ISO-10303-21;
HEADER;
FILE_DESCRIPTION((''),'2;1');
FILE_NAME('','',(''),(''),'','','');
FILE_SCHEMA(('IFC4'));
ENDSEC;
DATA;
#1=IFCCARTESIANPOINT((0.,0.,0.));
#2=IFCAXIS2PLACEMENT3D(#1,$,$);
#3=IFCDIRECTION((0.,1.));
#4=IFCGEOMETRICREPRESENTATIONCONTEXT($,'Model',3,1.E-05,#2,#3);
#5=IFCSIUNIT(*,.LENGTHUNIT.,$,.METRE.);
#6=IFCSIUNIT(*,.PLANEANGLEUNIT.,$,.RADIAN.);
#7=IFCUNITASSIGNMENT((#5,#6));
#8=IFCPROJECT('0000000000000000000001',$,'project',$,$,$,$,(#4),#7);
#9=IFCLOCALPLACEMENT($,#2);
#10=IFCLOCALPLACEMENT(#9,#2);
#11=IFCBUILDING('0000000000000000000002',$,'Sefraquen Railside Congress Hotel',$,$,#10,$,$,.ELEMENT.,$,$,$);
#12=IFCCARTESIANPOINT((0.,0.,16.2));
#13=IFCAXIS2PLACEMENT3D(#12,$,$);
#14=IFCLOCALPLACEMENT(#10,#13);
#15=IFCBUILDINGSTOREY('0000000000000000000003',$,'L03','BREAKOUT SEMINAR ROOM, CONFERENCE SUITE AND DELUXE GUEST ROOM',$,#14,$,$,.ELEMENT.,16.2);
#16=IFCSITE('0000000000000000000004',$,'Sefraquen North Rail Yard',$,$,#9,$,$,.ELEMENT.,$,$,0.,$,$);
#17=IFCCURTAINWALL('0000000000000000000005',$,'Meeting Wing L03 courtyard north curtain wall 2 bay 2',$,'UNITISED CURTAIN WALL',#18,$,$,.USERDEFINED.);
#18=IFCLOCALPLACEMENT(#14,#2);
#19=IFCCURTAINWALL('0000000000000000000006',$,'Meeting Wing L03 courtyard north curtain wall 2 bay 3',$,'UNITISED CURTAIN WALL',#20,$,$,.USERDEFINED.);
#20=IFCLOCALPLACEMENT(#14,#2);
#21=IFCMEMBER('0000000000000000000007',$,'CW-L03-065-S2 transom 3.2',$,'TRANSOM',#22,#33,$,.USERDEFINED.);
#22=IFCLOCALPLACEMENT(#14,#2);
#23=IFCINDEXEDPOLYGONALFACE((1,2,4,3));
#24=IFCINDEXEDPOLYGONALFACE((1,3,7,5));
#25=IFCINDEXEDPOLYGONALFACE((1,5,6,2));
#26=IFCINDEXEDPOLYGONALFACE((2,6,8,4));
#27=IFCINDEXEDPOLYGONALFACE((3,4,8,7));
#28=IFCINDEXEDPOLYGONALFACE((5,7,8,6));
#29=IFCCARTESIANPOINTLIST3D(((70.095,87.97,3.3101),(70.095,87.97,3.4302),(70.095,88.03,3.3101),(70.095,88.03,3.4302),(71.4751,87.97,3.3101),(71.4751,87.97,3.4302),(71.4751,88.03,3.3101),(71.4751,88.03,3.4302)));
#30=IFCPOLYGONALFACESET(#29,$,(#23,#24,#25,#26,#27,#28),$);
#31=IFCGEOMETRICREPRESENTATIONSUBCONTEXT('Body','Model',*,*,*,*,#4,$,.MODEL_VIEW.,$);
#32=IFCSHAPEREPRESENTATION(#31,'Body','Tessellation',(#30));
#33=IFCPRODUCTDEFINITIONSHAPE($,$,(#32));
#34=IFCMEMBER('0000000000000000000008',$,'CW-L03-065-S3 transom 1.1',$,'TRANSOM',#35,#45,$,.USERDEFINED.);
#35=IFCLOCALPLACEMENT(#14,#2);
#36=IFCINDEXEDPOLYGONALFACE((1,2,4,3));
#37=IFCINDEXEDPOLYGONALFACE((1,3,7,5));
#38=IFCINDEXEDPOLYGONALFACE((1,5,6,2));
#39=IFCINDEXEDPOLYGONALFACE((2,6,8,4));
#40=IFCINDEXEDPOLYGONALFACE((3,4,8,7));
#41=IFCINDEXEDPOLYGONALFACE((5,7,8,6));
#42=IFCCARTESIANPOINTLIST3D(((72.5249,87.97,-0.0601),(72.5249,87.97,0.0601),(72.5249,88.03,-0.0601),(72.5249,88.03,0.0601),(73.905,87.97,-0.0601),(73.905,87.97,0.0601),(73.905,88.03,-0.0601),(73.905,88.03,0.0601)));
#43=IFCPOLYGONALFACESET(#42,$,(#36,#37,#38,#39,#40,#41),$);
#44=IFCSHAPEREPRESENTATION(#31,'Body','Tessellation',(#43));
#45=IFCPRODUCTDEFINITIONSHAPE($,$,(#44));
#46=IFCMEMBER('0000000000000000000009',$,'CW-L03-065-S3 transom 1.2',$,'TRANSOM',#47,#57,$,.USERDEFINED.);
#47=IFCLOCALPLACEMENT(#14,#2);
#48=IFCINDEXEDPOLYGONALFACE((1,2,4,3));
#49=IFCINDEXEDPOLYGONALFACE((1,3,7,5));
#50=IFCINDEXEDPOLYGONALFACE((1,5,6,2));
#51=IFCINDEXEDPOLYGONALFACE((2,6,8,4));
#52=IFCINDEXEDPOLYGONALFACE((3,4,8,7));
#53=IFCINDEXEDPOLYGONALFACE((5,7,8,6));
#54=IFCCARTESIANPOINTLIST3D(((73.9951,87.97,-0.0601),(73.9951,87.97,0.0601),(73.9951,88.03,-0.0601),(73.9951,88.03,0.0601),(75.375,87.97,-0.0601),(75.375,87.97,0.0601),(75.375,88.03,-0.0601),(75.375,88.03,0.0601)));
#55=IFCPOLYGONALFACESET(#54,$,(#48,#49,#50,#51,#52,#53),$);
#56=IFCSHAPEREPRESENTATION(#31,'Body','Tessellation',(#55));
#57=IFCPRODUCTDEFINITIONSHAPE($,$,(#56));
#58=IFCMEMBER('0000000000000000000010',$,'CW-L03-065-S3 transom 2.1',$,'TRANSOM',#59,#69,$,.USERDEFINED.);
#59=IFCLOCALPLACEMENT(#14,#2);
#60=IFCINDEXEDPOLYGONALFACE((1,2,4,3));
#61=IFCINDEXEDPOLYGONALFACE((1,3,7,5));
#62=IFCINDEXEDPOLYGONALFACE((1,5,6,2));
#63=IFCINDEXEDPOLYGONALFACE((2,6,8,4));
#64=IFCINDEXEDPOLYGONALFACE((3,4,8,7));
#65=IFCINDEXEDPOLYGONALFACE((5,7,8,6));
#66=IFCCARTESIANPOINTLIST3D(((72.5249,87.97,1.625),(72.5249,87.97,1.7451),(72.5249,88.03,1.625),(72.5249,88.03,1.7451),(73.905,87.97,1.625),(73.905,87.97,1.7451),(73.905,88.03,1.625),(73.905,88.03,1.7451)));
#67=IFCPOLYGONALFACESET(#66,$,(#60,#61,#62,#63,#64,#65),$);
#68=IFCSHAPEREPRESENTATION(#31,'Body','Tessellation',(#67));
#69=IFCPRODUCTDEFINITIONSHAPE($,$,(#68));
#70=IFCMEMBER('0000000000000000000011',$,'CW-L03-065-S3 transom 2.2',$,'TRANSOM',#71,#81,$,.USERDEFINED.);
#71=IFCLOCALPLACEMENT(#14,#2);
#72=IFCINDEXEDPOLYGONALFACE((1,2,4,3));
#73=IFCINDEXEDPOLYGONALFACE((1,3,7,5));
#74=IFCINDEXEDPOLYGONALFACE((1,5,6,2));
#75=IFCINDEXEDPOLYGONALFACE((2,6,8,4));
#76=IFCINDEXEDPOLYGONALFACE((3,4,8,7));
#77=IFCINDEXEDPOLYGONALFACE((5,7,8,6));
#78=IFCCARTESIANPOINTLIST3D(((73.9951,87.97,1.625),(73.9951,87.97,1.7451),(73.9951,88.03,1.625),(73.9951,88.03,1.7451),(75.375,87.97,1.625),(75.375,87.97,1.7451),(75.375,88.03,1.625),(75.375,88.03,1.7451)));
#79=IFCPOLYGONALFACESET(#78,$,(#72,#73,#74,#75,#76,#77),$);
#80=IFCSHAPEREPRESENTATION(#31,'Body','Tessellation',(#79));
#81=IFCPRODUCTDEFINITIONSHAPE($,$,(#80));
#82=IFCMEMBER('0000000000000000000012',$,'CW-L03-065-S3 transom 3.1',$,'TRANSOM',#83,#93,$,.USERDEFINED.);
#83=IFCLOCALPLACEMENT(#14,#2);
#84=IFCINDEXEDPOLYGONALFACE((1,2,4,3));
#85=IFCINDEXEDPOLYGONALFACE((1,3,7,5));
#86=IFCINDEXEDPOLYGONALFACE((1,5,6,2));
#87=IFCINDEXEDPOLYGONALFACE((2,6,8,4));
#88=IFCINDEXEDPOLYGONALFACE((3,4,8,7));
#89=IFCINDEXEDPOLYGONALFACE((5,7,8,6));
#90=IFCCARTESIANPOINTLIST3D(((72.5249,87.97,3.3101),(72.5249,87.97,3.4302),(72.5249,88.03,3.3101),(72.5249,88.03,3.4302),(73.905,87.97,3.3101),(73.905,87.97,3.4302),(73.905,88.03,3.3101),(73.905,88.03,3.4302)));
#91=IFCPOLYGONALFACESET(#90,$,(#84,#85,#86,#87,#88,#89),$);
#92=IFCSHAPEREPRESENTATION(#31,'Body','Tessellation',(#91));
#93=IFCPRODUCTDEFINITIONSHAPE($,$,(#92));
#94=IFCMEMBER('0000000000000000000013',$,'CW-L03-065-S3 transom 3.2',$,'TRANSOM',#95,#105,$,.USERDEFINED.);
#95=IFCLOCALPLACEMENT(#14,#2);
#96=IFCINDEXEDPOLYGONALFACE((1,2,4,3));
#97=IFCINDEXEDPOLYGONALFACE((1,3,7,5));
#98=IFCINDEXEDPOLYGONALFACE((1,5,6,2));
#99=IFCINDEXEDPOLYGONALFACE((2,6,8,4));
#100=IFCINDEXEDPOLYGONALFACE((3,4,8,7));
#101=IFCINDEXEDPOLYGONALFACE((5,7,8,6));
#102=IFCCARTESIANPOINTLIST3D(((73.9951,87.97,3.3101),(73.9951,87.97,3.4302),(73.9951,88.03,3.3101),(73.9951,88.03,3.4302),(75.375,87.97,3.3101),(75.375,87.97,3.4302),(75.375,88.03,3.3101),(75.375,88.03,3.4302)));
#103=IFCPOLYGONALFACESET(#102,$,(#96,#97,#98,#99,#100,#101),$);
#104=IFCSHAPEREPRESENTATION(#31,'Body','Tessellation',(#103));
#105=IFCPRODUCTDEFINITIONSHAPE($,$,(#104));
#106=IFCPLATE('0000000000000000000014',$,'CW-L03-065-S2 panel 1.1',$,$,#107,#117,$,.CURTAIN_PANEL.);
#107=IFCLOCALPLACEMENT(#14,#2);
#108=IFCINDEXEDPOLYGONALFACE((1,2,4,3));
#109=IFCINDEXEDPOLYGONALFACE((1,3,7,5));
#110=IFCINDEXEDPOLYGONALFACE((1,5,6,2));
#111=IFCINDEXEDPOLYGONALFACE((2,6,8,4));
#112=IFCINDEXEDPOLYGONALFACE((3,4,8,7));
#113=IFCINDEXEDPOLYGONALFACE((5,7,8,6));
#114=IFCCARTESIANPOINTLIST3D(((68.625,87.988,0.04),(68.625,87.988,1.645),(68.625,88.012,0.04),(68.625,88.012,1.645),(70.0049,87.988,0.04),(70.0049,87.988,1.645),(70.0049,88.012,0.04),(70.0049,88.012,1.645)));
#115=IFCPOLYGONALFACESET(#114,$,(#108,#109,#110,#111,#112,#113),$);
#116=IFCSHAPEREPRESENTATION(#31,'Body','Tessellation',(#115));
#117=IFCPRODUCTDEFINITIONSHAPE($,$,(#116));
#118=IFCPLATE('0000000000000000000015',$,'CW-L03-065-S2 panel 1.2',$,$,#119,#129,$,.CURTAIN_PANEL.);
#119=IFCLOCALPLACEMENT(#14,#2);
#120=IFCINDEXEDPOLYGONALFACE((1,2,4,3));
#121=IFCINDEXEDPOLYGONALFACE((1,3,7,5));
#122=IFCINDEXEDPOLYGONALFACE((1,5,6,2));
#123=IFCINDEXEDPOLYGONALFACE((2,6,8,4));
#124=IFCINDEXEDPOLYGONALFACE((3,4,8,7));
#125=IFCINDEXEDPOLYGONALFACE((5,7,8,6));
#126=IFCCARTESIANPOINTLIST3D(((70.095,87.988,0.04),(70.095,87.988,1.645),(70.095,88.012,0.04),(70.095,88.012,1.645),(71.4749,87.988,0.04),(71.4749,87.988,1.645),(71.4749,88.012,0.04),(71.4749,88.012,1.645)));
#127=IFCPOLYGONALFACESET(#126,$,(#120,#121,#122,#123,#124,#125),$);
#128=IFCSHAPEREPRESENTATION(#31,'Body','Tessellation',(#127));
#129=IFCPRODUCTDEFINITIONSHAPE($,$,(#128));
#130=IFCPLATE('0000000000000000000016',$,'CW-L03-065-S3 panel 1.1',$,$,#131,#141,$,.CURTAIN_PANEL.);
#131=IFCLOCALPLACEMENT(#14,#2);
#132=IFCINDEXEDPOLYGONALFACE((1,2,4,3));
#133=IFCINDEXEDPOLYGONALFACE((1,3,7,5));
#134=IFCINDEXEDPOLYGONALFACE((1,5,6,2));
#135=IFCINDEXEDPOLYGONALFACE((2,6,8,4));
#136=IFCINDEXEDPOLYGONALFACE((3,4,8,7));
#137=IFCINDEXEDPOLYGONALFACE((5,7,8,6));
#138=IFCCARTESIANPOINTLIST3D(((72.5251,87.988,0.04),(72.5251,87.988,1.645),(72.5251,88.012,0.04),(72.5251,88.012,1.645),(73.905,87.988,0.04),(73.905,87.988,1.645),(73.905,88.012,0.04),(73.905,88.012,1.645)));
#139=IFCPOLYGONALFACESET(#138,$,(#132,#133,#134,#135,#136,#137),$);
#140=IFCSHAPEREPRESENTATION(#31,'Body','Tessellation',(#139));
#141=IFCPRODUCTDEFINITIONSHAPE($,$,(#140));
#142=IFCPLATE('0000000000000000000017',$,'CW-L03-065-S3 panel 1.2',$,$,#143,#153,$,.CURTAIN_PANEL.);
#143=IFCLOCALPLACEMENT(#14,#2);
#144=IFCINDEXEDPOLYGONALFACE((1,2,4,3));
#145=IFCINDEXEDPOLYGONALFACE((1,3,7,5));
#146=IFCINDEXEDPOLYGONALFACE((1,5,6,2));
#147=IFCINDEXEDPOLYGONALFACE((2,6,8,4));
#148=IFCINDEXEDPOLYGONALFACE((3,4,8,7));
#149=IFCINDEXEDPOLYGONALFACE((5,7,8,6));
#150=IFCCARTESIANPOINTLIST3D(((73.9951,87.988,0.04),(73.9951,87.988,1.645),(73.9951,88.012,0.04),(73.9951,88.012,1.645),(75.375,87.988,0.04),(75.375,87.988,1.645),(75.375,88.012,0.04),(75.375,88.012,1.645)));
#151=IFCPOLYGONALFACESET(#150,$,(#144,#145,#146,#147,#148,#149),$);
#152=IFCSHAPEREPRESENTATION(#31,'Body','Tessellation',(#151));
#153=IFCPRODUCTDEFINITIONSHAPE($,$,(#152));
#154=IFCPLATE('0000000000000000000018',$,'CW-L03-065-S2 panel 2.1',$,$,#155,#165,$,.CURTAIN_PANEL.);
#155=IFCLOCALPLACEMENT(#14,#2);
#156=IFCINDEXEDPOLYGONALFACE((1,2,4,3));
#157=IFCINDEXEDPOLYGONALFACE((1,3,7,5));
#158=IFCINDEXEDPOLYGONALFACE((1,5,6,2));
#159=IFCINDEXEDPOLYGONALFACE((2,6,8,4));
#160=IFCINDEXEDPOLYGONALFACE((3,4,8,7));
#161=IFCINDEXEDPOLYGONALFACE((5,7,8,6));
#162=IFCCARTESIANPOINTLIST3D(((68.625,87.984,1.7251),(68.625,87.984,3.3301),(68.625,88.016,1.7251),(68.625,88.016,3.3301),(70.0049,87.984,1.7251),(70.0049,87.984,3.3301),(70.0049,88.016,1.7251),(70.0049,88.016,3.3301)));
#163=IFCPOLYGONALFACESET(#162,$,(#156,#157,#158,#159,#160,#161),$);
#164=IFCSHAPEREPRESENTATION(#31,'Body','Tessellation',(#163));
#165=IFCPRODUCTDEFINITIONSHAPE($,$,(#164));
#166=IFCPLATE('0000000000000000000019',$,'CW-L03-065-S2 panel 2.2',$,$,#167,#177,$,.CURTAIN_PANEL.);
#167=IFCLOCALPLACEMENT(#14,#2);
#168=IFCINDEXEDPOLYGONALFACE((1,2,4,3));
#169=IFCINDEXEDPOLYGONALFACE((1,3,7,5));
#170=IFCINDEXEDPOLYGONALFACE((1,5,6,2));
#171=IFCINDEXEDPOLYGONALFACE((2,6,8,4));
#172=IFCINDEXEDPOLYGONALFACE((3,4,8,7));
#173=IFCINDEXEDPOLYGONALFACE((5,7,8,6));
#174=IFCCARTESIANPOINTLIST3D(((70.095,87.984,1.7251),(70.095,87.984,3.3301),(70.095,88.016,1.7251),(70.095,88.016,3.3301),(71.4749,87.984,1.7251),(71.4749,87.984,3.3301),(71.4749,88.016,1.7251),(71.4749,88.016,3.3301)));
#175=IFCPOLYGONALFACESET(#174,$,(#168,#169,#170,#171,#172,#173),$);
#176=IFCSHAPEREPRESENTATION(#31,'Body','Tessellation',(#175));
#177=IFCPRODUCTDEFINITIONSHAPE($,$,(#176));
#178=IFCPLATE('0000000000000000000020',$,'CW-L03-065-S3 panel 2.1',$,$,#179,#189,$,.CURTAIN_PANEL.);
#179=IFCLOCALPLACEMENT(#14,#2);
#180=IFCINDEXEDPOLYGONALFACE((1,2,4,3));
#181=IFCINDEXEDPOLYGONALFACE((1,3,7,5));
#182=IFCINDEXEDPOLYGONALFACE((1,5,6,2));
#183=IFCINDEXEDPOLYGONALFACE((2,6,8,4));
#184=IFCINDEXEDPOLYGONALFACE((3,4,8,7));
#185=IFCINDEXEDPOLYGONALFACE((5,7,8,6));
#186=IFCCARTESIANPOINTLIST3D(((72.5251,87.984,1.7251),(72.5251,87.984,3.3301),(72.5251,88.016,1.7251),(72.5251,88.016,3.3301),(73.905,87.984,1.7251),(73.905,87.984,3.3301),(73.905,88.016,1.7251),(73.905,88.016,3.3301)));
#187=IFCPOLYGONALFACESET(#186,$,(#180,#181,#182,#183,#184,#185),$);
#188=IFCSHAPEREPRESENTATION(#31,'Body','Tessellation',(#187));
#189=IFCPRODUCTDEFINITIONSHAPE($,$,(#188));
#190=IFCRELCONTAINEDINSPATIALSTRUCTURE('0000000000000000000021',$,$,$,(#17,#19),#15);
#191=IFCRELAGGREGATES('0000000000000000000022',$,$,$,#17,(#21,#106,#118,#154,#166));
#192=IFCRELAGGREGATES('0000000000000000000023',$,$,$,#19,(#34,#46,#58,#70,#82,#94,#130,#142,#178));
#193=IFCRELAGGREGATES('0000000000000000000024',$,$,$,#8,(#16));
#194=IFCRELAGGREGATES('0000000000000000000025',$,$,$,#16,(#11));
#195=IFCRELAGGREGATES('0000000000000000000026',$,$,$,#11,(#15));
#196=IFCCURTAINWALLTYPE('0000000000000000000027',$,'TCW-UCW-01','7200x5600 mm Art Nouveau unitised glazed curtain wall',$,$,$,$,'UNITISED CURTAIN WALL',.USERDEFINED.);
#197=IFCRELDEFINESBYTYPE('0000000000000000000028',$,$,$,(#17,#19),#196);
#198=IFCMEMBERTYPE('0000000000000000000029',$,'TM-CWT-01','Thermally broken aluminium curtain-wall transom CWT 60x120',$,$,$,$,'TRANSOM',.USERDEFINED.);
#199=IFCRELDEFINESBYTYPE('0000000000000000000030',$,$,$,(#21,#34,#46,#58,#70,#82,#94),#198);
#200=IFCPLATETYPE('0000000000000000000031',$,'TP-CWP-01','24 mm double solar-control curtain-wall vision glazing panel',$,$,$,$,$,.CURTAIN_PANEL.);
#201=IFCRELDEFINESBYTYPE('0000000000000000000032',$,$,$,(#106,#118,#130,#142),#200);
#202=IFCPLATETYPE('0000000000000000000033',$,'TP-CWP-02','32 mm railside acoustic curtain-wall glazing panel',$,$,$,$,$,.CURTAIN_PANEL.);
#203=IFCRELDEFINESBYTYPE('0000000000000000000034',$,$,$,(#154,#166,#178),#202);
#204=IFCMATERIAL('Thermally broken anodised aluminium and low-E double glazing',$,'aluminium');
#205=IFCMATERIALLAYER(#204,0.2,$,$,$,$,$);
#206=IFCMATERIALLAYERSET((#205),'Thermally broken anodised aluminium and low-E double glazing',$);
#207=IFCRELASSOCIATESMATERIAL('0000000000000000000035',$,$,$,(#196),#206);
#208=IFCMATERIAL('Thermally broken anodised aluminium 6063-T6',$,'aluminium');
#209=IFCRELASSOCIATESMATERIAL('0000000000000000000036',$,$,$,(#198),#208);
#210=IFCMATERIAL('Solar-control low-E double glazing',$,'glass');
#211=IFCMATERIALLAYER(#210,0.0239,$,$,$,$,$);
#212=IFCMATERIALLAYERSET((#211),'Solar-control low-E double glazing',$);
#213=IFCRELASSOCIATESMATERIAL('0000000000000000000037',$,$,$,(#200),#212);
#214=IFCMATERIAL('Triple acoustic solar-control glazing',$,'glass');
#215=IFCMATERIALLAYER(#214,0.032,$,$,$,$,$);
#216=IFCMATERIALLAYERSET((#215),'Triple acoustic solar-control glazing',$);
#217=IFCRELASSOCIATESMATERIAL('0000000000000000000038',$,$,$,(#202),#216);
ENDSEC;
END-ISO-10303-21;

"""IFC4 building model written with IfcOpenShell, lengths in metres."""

from ifc_helpers import new_model, si_unit, direction, frame, origin, origin_2d, place, context, subcontext, project, spatial, rectangle, extrude, material, layer, layer_set, material_profile, profile_set, type_object, element, aggregate, save


model = new_model("IFC4")

# Units and contexts
model_context = context("Model", 3, precision=1e-05, world=origin(), true_north=direction((0.0, 1.0)))
body_context = subcontext(model_context, "Body", "Model", "MODEL_VIEW")
ifc_project = project(units=[si_unit("LENGTHUNIT", "METRE"), si_unit("PLANEANGLEUNIT", "RADIAN")], contexts=[model_context])

# Site, building, storey
site_placement = place(None, origin())
site = spatial("IfcSite", under=ifc_project, at=site_placement, Name="Sefraquen North Rail Yard", CompositionType="ELEMENT", RefElevation=0.0)
building_placement = place(site_placement, origin())
building = spatial("IfcBuilding", under=site, at=building_placement, Name="Sefraquen Railside Congress Hotel", CompositionType="ELEMENT")
storey_placement = place(building_placement, frame((0.0, 0.0, 16.2)))
storey = spatial("IfcBuildingStorey", under=building, at=storey_placement, Name="L03", Description="BREAKOUT SEMINAR ROOM, CONFERENCE SUITE AND DELUXE GUEST ROOM", CompositionType="ELEMENT", Elevation=16.2)

# Curtain walls
ifc_material_1 = material(Name="Thermally broken anodised aluminium and low-E double glazing", Category="aluminium")
ifc_layer_1 = layer(ifc_material_1, 0.2)
ifc_layer_set_1 = layer_set([ifc_layer_1], Name="Thermally broken anodised aluminium and low-E double glazing")
curtain_wall_type = type_object("IfcCurtainWallType", Name="TCW-UCW-01", Description="7200x5600 mm Art Nouveau unitised glazed curtain wall", ElementType="UNITISED CURTAIN WALL", PredefinedType="USERDEFINED", material=ifc_layer_set_1)
curtain_wall_1_placement = place(storey_placement, origin())
curtain_wall_1 = element("IfcCurtainWall", 1, at=curtain_wall_1_placement, inside=storey, type_object=curtain_wall_type, Name="Meeting Wing L03 courtyard north curtain wall 2 bay 2", ObjectType="UNITISED CURTAIN WALL", PredefinedType="USERDEFINED")
ifc_material_2 = material(Name="Thermally broken anodised aluminium 6063-T6", Category="aluminium")
curtain_wall_2_placement = place(storey_placement, origin())
curtain_wall_2 = element("IfcCurtainWall", 2, at=curtain_wall_2_placement, inside=storey, type_object=curtain_wall_type, Name="Meeting Wing L03 courtyard north curtain wall 2 bay 3", ObjectType="UNITISED CURTAIN WALL", PredefinedType="USERDEFINED")

# Members
ifc_material_profile_1 = material_profile(ifc_material_2, rectangle(XDim=0.0601, YDim=0.1201, at=origin_2d()), Name="CWT 60x120")
ifc_profile_set_1 = profile_set([ifc_material_profile_1], Name="Thermally broken anodised aluminium 6063-T6")
member_type_1 = type_object("IfcMemberType", Name="TM-CWT-01", Description="Thermally broken aluminium curtain-wall transom CWT 60x120", ElementType="TRANSOM", PredefinedType="USERDEFINED", material=ifc_profile_set_1)
member_1_placement = place(storey_placement, frame((70.095, 88.0, 3.3701), z_axis=(1.0, 0.0, 0.0), x_axis=(0.0, 1.0, 0.0)))
member_1 = element("IfcMember", 3, at=member_1_placement, type_object=member_type_1, Name="CW-L03-065-S2 transom 3.2", ObjectType="TRANSOM", PredefinedType="USERDEFINED", context=body_context, shape_type="SweptSolid", body=[
    extrude(rectangle(XDim=0.0601, YDim=0.1201, at=origin_2d()), origin(), (0.0, 0.0, 1.0), 1.3801),
])
member_2_placement = place(storey_placement, frame((72.5249, 88.0, 0.0), z_axis=(1.0, 0.0, 0.0), x_axis=(0.0, 1.0, 0.0)))
member_2 = element("IfcMember", 4, at=member_2_placement, type_object=member_type_1, Name="CW-L03-065-S3 transom 1.1", ObjectType="TRANSOM", PredefinedType="USERDEFINED", context=body_context, shape_type="SweptSolid", body=[
    extrude(rectangle(XDim=0.0601, YDim=0.1201, at=origin_2d()), origin(), (0.0, 0.0, 1.0), 1.3801),
])
member_3_placement = place(storey_placement, frame((73.9951, 88.0, 0.0), z_axis=(1.0, 0.0, 0.0), x_axis=(0.0, 1.0, 0.0)))
member_3 = element("IfcMember", 5, at=member_3_placement, type_object=member_type_1, Name="CW-L03-065-S3 transom 1.2", ObjectType="TRANSOM", PredefinedType="USERDEFINED", context=body_context, shape_type="SweptSolid", body=[
    extrude(rectangle(XDim=0.0601, YDim=0.1201, at=origin_2d()), origin(), (0.0, 0.0, 1.0), 1.3799),
])
member_4_placement = place(storey_placement, frame((72.5249, 88.0, 1.6851), z_axis=(1.0, 0.0, 0.0), x_axis=(0.0, 1.0, 0.0)))
member_4 = element("IfcMember", 6, at=member_4_placement, type_object=member_type_1, Name="CW-L03-065-S3 transom 2.1", ObjectType="TRANSOM", PredefinedType="USERDEFINED", context=body_context, shape_type="SweptSolid", body=[
    extrude(rectangle(XDim=0.0601, YDim=0.1201, at=origin_2d()), origin(), (0.0, 0.0, 1.0), 1.3801),
])
member_5_placement = place(storey_placement, frame((73.9951, 88.0, 1.6851), z_axis=(1.0, 0.0, 0.0), x_axis=(0.0, 1.0, 0.0)))
member_5 = element("IfcMember", 7, at=member_5_placement, type_object=member_type_1, Name="CW-L03-065-S3 transom 2.2", ObjectType="TRANSOM", PredefinedType="USERDEFINED", context=body_context, shape_type="SweptSolid", body=[
    extrude(rectangle(XDim=0.0601, YDim=0.1201, at=origin_2d()), origin(), (0.0, 0.0, 1.0), 1.3799),
])
member_6_placement = place(storey_placement, frame((72.5249, 88.0, 3.3701), z_axis=(1.0, 0.0, 0.0), x_axis=(0.0, 1.0, 0.0)))
member_6 = element("IfcMember", 8, at=member_6_placement, type_object=member_type_1, Name="CW-L03-065-S3 transom 3.1", ObjectType="TRANSOM", PredefinedType="USERDEFINED", context=body_context, shape_type="SweptSolid", body=[
    extrude(rectangle(XDim=0.0601, YDim=0.1201, at=origin_2d()), origin(), (0.0, 0.0, 1.0), 1.3801),
])
member_7_placement = place(storey_placement, frame((73.9951, 88.0, 3.3701), z_axis=(1.0, 0.0, 0.0), x_axis=(0.0, 1.0, 0.0)))
member_7 = element("IfcMember", 9, at=member_7_placement, type_object=member_type_1, Name="CW-L03-065-S3 transom 3.2", ObjectType="TRANSOM", PredefinedType="USERDEFINED", context=body_context, shape_type="SweptSolid", body=[
    extrude(rectangle(XDim=0.0601, YDim=0.1201, at=origin_2d()), origin(), (0.0, 0.0, 1.0), 1.3799),
])

# Plates
ifc_material_3 = material(Name="Solar-control low-E double glazing", Category="glass")
ifc_layer_2 = layer(ifc_material_3, 0.0239)
ifc_layer_set_2 = layer_set([ifc_layer_2], Name="Solar-control low-E double glazing")
plate_type_1 = type_object("IfcPlateType", Name="TP-CWP-01", Description="24 mm double solar-control curtain-wall vision glazing panel", PredefinedType="CURTAIN_PANEL", material=ifc_layer_set_2)
plate_1_placement = place(storey_placement, frame((69.3149, 88.0, 0.04), z_axis=(0.0, 0.0, 1.0), x_axis=(1.0, 0.0, 0.0)))
plate_1 = element("IfcPlate", 10, at=plate_1_placement, type_object=plate_type_1, Name="CW-L03-065-S2 panel 1.1", PredefinedType="CURTAIN_PANEL", context=body_context, shape_type="SweptSolid", body=[
    extrude(rectangle(XDim=1.3799, YDim=0.0239, at=origin_2d()), origin(), (0.0, 0.0, 1.0), 1.605),
])
plate_2_placement = place(storey_placement, frame((70.7849, 88.0, 0.04), z_axis=(0.0, 0.0, 1.0), x_axis=(1.0, 0.0, 0.0)))
plate_2 = element("IfcPlate", 11, at=plate_2_placement, type_object=plate_type_1, Name="CW-L03-065-S2 panel 1.2", PredefinedType="CURTAIN_PANEL", context=body_context, shape_type="SweptSolid", body=[
    extrude(rectangle(XDim=1.3799, YDim=0.0239, at=origin_2d()), origin(), (0.0, 0.0, 1.0), 1.605),
])
plate_3_placement = place(storey_placement, frame((73.2151, 88.0, 0.04), z_axis=(0.0, 0.0, 1.0), x_axis=(1.0, 0.0, 0.0)))
plate_3 = element("IfcPlate", 12, at=plate_3_placement, type_object=plate_type_1, Name="CW-L03-065-S3 panel 1.1", PredefinedType="CURTAIN_PANEL", context=body_context, shape_type="SweptSolid", body=[
    extrude(rectangle(XDim=1.3799, YDim=0.0239, at=origin_2d()), origin(), (0.0, 0.0, 1.0), 1.605),
])
plate_4_placement = place(storey_placement, frame((74.6851, 88.0, 0.04), z_axis=(0.0, 0.0, 1.0), x_axis=(1.0, 0.0, 0.0)))
plate_4 = element("IfcPlate", 13, at=plate_4_placement, type_object=plate_type_1, Name="CW-L03-065-S3 panel 1.2", PredefinedType="CURTAIN_PANEL", context=body_context, shape_type="SweptSolid", body=[
    extrude(rectangle(XDim=1.3799, YDim=0.0239, at=origin_2d()), origin(), (0.0, 0.0, 1.0), 1.605),
])
ifc_material_4 = material(Name="Triple acoustic solar-control glazing", Category="glass")
ifc_layer_3 = layer(ifc_material_4, 0.032)
ifc_layer_set_3 = layer_set([ifc_layer_3], Name="Triple acoustic solar-control glazing")
plate_type_2 = type_object("IfcPlateType", Name="TP-CWP-02", Description="32 mm railside acoustic curtain-wall glazing panel", PredefinedType="CURTAIN_PANEL", material=ifc_layer_set_3)
plate_5_placement = place(storey_placement, frame((69.3149, 88.0, 1.7251), z_axis=(0.0, 0.0, 1.0), x_axis=(1.0, 0.0, 0.0)))
plate_5 = element("IfcPlate", 14, at=plate_5_placement, type_object=plate_type_2, Name="CW-L03-065-S2 panel 2.1", PredefinedType="CURTAIN_PANEL", context=body_context, shape_type="SweptSolid", body=[
    extrude(rectangle(XDim=1.3799, YDim=0.032, at=origin_2d()), origin(), (0.0, 0.0, 1.0), 1.605),
])
plate_6_placement = place(storey_placement, frame((70.7849, 88.0, 1.7251), z_axis=(0.0, 0.0, 1.0), x_axis=(1.0, 0.0, 0.0)))
plate_6 = element("IfcPlate", 15, at=plate_6_placement, type_object=plate_type_2, Name="CW-L03-065-S2 panel 2.2", PredefinedType="CURTAIN_PANEL", context=body_context, shape_type="SweptSolid", body=[
    extrude(rectangle(XDim=1.3799, YDim=0.032, at=origin_2d()), origin(), (0.0, 0.0, 1.0), 1.605),
])
aggregate(curtain_wall_1, [member_1, plate_1, plate_2, plate_5, plate_6])
plate_7_placement = place(storey_placement, frame((73.2151, 88.0, 1.7251), z_axis=(0.0, 0.0, 1.0), x_axis=(1.0, 0.0, 0.0)))
plate_7 = element("IfcPlate", 16, at=plate_7_placement, type_object=plate_type_2, Name="CW-L03-065-S3 panel 2.1", PredefinedType="CURTAIN_PANEL", context=body_context, shape_type="SweptSolid", body=[
    extrude(rectangle(XDim=1.3799, YDim=0.032, at=origin_2d()), origin(), (0.0, 0.0, 1.0), 1.605),
])
aggregate(curtain_wall_2, [member_2, member_3, member_4, member_5, member_6, member_7, plate_3, plate_4, plate_7])

save(model, "model.ifc")
